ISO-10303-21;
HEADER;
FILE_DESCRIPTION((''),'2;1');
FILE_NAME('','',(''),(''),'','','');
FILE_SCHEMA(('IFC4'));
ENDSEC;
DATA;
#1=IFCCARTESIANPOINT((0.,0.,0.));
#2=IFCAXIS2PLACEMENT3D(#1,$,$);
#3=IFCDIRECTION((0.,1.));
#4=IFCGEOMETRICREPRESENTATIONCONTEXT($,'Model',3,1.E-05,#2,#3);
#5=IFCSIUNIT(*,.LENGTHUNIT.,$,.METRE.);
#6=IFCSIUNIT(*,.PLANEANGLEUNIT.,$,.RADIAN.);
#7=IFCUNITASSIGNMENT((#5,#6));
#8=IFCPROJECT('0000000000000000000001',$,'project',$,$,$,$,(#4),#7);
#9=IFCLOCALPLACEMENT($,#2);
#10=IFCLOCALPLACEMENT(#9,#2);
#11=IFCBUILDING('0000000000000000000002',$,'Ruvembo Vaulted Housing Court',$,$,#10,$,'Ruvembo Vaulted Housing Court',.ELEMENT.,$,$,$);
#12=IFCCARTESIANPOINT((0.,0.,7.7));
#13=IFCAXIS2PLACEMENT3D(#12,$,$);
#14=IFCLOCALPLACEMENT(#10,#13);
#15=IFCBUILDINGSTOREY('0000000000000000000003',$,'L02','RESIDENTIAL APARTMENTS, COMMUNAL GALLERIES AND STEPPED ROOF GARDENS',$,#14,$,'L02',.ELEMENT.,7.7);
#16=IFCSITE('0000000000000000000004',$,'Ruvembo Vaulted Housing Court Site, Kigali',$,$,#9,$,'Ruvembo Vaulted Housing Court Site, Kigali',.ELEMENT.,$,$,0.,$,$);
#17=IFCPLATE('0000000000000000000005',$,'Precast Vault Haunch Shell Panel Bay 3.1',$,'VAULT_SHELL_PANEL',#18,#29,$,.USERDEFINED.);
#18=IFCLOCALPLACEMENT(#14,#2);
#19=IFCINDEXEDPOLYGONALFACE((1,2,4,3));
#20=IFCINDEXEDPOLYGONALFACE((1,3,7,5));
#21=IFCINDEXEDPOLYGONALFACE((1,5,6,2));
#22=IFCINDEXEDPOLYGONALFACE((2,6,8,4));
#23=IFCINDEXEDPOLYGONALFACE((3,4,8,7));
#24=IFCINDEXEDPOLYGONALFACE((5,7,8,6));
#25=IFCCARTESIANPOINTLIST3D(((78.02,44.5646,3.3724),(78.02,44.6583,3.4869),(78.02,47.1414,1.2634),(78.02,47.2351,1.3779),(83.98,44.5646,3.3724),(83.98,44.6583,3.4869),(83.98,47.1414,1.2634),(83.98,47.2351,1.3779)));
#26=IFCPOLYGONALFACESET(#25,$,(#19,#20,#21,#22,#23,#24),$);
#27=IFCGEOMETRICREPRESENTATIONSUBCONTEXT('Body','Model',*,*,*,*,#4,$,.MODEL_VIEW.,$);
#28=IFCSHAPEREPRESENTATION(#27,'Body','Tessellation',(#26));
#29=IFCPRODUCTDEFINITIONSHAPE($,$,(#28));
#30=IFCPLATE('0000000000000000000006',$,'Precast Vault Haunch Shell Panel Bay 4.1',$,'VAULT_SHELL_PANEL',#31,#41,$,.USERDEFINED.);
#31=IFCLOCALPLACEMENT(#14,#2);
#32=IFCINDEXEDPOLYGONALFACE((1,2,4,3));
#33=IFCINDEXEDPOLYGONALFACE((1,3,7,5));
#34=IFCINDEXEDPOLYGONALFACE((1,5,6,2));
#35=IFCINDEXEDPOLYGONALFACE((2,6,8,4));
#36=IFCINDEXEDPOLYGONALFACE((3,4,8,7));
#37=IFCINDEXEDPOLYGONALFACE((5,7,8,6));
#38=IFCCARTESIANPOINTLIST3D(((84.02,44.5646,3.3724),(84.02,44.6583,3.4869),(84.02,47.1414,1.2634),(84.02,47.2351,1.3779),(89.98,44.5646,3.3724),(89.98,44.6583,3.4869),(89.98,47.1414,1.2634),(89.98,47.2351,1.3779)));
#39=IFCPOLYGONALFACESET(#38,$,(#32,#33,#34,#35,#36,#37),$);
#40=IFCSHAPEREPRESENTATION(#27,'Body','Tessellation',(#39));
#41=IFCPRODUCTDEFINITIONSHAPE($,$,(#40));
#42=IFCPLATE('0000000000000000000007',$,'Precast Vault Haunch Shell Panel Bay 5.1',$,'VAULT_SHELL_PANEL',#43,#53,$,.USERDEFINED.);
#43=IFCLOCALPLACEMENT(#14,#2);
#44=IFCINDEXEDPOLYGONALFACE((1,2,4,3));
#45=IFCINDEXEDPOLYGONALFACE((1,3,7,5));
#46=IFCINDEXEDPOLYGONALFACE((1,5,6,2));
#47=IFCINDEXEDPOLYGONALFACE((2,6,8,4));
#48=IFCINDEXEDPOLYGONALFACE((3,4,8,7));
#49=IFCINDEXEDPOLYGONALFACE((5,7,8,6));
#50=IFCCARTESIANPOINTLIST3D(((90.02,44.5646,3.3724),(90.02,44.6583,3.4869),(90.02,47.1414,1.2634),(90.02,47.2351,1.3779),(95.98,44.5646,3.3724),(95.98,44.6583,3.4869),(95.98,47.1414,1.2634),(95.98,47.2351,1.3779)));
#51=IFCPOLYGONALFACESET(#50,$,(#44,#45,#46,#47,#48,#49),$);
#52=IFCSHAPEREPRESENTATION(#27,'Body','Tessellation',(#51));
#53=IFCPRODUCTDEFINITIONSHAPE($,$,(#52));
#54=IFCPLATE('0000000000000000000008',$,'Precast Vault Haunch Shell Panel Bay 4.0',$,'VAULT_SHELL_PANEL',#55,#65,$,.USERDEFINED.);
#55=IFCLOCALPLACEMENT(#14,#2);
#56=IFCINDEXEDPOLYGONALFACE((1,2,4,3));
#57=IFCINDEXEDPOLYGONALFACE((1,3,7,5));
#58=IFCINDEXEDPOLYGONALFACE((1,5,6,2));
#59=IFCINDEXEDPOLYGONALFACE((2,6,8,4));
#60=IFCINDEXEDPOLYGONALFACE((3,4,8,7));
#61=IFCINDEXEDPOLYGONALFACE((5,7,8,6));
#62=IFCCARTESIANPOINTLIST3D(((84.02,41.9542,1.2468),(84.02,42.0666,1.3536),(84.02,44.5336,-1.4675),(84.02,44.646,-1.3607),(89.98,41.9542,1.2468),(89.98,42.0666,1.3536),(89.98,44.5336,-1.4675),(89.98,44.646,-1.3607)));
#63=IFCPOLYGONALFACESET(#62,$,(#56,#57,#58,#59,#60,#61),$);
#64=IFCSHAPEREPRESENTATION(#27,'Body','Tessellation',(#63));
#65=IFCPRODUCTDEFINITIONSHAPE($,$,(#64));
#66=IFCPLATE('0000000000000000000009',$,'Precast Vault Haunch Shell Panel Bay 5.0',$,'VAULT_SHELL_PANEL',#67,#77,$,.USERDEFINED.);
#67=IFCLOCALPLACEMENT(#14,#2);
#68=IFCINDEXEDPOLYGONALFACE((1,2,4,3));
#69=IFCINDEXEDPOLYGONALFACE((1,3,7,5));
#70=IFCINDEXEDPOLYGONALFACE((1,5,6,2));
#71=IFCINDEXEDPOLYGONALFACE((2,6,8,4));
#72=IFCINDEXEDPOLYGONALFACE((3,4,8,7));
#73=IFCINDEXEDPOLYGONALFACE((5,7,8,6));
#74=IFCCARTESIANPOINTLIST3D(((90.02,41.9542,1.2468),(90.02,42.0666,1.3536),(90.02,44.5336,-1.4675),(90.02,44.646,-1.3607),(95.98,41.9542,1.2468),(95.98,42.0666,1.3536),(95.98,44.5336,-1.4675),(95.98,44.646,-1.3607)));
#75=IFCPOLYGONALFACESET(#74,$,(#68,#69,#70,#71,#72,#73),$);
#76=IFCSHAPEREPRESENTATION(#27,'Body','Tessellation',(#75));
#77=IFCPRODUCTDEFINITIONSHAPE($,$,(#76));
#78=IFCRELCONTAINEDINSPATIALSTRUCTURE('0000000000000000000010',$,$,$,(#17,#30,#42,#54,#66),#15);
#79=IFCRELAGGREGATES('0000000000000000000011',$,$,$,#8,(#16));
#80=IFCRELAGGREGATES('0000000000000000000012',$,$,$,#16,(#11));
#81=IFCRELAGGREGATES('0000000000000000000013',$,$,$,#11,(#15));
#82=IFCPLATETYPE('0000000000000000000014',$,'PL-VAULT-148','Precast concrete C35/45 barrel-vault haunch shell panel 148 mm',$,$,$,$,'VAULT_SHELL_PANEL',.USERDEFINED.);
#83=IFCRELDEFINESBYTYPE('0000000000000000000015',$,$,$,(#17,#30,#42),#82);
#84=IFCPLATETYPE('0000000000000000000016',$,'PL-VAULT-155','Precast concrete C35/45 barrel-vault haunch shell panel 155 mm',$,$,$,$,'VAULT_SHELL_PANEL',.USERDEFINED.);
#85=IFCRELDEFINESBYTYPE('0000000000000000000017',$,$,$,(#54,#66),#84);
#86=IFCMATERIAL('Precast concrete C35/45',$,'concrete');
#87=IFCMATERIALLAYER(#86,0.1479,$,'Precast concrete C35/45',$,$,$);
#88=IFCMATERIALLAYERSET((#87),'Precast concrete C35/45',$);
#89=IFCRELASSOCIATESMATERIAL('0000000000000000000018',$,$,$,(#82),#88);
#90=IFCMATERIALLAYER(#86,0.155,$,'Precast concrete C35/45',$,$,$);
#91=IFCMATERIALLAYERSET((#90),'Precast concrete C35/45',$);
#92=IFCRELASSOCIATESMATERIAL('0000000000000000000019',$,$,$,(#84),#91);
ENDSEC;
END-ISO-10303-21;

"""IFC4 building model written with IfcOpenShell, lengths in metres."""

from ifc_helpers import new_model, si_unit, direction, frame, origin, origin_2d, place, context, subcontext, project, spatial, rectangle, extrude, material, layer, layer_set, type_object, element, save


model = new_model("IFC4")

# Units and contexts
model_context = context("Model", 3, precision=1e-05, world=origin(), true_north=direction((0.0, 1.0)))
body_context = subcontext(model_context, "Body", "Model", "MODEL_VIEW")
ifc_project = project(units=[si_unit("LENGTHUNIT", "METRE"), si_unit("PLANEANGLEUNIT", "RADIAN")], contexts=[model_context])

# Site, building, storey
site_placement = place(None, origin())
site = spatial("IfcSite", under=ifc_project, at=site_placement, Name="Ruvembo Vaulted Housing Court Site, Kigali", LongName="Ruvembo Vaulted Housing Court Site, Kigali", CompositionType="ELEMENT", RefElevation=0.0)
building_placement = place(site_placement, origin())
building = spatial("IfcBuilding", under=site, at=building_placement, Name="Ruvembo Vaulted Housing Court", LongName="Ruvembo Vaulted Housing Court", CompositionType="ELEMENT")
storey_placement = place(building_placement, frame((0.0, 0.0, 7.7)))
storey = spatial("IfcBuildingStorey", under=building, at=storey_placement, Name="L02", Description="RESIDENTIAL APARTMENTS, COMMUNAL GALLERIES AND STEPPED ROOF GARDENS", LongName="L02", CompositionType="ELEMENT", Elevation=7.7)

# Plates
ifc_material_1 = material(Name="Precast concrete C35/45", Category="concrete")
ifc_layer_1 = layer(ifc_material_1, 0.1479, Name="Precast concrete C35/45")
ifc_layer_set_1 = layer_set([ifc_layer_1], Name="Precast concrete C35/45")
plate_type_1 = type_object("IfcPlateType", Name="PL-VAULT-148", Description="Precast concrete C35/45 barrel-vault haunch shell panel 148 mm", ElementType="VAULT_SHELL_PANEL", PredefinedType="USERDEFINED", material=ifc_layer_set_1)
for number, where, z_axis, x_axis, name in (
    (1, (81.0, 45.853, 2.3179), (0.0, 0.633367, 0.773851), (1.0, 0.0, 0.0), "Precast Vault Haunch Shell Panel Bay 3.1"),
    (2, (87.0, 45.853, 2.3179), (0.0, 0.633367, 0.773851), (1.0, 0.0, 0.0), "Precast Vault Haunch Shell Panel Bay 4.1"),
    (3, (93.0, 45.853, 2.3179), (0.0, 0.633367, 0.773851), (1.0, 0.0, 0.0), "Precast Vault Haunch Shell Panel Bay 5.1"),
):
    element("IfcPlate", number, at=place(storey_placement, frame(where, z_axis=z_axis, x_axis=x_axis)), inside=storey, type_object=plate_type_1, Name=name, ObjectType="VAULT_SHELL_PANEL", PredefinedType="USERDEFINED", context=body_context, shape_type="SweptSolid", body=[
        extrude(rectangle(XDim=5.96, YDim=3.3298, at=origin_2d()), origin(), (0.0, 0.0, 1.0), 0.1479),
    ])
ifc_layer_2 = layer(ifc_material_1, 0.155, Name="Precast concrete C35/45")
ifc_layer_set_2 = layer_set([ifc_layer_2], Name="Precast concrete C35/45")
plate_type_2 = type_object("IfcPlateType", Name="PL-VAULT-155", Description="Precast concrete C35/45 barrel-vault haunch shell panel 155 mm", ElementType="VAULT_SHELL_PANEL", PredefinedType="USERDEFINED", material=ifc_layer_set_2)
for number, where, z_axis, x_axis, name in (
    (4, (87.0, 43.2439, -0.1104), (0.0, 0.724894, 0.688861), (1.0, 0.0, 0.0), "Precast Vault Haunch Shell Panel Bay 4.0"),
    (5, (93.0, 43.2439, -0.1104), (0.0, 0.724894, 0.688861), (1.0, 0.0, 0.0), "Precast Vault Haunch Shell Panel Bay 5.0"),
):
    element("IfcPlate", number, at=place(storey_placement, frame(where, z_axis=z_axis, x_axis=x_axis)), inside=storey, type_object=plate_type_2, Name=name, ObjectType="VAULT_SHELL_PANEL", PredefinedType="USERDEFINED", context=body_context, shape_type="SweptSolid", body=[
        extrude(rectangle(XDim=5.96, YDim=3.7444, at=origin_2d()), origin(), (0.0, 0.0, 1.0), 0.155),
    ])

save(model, "model.ifc")
